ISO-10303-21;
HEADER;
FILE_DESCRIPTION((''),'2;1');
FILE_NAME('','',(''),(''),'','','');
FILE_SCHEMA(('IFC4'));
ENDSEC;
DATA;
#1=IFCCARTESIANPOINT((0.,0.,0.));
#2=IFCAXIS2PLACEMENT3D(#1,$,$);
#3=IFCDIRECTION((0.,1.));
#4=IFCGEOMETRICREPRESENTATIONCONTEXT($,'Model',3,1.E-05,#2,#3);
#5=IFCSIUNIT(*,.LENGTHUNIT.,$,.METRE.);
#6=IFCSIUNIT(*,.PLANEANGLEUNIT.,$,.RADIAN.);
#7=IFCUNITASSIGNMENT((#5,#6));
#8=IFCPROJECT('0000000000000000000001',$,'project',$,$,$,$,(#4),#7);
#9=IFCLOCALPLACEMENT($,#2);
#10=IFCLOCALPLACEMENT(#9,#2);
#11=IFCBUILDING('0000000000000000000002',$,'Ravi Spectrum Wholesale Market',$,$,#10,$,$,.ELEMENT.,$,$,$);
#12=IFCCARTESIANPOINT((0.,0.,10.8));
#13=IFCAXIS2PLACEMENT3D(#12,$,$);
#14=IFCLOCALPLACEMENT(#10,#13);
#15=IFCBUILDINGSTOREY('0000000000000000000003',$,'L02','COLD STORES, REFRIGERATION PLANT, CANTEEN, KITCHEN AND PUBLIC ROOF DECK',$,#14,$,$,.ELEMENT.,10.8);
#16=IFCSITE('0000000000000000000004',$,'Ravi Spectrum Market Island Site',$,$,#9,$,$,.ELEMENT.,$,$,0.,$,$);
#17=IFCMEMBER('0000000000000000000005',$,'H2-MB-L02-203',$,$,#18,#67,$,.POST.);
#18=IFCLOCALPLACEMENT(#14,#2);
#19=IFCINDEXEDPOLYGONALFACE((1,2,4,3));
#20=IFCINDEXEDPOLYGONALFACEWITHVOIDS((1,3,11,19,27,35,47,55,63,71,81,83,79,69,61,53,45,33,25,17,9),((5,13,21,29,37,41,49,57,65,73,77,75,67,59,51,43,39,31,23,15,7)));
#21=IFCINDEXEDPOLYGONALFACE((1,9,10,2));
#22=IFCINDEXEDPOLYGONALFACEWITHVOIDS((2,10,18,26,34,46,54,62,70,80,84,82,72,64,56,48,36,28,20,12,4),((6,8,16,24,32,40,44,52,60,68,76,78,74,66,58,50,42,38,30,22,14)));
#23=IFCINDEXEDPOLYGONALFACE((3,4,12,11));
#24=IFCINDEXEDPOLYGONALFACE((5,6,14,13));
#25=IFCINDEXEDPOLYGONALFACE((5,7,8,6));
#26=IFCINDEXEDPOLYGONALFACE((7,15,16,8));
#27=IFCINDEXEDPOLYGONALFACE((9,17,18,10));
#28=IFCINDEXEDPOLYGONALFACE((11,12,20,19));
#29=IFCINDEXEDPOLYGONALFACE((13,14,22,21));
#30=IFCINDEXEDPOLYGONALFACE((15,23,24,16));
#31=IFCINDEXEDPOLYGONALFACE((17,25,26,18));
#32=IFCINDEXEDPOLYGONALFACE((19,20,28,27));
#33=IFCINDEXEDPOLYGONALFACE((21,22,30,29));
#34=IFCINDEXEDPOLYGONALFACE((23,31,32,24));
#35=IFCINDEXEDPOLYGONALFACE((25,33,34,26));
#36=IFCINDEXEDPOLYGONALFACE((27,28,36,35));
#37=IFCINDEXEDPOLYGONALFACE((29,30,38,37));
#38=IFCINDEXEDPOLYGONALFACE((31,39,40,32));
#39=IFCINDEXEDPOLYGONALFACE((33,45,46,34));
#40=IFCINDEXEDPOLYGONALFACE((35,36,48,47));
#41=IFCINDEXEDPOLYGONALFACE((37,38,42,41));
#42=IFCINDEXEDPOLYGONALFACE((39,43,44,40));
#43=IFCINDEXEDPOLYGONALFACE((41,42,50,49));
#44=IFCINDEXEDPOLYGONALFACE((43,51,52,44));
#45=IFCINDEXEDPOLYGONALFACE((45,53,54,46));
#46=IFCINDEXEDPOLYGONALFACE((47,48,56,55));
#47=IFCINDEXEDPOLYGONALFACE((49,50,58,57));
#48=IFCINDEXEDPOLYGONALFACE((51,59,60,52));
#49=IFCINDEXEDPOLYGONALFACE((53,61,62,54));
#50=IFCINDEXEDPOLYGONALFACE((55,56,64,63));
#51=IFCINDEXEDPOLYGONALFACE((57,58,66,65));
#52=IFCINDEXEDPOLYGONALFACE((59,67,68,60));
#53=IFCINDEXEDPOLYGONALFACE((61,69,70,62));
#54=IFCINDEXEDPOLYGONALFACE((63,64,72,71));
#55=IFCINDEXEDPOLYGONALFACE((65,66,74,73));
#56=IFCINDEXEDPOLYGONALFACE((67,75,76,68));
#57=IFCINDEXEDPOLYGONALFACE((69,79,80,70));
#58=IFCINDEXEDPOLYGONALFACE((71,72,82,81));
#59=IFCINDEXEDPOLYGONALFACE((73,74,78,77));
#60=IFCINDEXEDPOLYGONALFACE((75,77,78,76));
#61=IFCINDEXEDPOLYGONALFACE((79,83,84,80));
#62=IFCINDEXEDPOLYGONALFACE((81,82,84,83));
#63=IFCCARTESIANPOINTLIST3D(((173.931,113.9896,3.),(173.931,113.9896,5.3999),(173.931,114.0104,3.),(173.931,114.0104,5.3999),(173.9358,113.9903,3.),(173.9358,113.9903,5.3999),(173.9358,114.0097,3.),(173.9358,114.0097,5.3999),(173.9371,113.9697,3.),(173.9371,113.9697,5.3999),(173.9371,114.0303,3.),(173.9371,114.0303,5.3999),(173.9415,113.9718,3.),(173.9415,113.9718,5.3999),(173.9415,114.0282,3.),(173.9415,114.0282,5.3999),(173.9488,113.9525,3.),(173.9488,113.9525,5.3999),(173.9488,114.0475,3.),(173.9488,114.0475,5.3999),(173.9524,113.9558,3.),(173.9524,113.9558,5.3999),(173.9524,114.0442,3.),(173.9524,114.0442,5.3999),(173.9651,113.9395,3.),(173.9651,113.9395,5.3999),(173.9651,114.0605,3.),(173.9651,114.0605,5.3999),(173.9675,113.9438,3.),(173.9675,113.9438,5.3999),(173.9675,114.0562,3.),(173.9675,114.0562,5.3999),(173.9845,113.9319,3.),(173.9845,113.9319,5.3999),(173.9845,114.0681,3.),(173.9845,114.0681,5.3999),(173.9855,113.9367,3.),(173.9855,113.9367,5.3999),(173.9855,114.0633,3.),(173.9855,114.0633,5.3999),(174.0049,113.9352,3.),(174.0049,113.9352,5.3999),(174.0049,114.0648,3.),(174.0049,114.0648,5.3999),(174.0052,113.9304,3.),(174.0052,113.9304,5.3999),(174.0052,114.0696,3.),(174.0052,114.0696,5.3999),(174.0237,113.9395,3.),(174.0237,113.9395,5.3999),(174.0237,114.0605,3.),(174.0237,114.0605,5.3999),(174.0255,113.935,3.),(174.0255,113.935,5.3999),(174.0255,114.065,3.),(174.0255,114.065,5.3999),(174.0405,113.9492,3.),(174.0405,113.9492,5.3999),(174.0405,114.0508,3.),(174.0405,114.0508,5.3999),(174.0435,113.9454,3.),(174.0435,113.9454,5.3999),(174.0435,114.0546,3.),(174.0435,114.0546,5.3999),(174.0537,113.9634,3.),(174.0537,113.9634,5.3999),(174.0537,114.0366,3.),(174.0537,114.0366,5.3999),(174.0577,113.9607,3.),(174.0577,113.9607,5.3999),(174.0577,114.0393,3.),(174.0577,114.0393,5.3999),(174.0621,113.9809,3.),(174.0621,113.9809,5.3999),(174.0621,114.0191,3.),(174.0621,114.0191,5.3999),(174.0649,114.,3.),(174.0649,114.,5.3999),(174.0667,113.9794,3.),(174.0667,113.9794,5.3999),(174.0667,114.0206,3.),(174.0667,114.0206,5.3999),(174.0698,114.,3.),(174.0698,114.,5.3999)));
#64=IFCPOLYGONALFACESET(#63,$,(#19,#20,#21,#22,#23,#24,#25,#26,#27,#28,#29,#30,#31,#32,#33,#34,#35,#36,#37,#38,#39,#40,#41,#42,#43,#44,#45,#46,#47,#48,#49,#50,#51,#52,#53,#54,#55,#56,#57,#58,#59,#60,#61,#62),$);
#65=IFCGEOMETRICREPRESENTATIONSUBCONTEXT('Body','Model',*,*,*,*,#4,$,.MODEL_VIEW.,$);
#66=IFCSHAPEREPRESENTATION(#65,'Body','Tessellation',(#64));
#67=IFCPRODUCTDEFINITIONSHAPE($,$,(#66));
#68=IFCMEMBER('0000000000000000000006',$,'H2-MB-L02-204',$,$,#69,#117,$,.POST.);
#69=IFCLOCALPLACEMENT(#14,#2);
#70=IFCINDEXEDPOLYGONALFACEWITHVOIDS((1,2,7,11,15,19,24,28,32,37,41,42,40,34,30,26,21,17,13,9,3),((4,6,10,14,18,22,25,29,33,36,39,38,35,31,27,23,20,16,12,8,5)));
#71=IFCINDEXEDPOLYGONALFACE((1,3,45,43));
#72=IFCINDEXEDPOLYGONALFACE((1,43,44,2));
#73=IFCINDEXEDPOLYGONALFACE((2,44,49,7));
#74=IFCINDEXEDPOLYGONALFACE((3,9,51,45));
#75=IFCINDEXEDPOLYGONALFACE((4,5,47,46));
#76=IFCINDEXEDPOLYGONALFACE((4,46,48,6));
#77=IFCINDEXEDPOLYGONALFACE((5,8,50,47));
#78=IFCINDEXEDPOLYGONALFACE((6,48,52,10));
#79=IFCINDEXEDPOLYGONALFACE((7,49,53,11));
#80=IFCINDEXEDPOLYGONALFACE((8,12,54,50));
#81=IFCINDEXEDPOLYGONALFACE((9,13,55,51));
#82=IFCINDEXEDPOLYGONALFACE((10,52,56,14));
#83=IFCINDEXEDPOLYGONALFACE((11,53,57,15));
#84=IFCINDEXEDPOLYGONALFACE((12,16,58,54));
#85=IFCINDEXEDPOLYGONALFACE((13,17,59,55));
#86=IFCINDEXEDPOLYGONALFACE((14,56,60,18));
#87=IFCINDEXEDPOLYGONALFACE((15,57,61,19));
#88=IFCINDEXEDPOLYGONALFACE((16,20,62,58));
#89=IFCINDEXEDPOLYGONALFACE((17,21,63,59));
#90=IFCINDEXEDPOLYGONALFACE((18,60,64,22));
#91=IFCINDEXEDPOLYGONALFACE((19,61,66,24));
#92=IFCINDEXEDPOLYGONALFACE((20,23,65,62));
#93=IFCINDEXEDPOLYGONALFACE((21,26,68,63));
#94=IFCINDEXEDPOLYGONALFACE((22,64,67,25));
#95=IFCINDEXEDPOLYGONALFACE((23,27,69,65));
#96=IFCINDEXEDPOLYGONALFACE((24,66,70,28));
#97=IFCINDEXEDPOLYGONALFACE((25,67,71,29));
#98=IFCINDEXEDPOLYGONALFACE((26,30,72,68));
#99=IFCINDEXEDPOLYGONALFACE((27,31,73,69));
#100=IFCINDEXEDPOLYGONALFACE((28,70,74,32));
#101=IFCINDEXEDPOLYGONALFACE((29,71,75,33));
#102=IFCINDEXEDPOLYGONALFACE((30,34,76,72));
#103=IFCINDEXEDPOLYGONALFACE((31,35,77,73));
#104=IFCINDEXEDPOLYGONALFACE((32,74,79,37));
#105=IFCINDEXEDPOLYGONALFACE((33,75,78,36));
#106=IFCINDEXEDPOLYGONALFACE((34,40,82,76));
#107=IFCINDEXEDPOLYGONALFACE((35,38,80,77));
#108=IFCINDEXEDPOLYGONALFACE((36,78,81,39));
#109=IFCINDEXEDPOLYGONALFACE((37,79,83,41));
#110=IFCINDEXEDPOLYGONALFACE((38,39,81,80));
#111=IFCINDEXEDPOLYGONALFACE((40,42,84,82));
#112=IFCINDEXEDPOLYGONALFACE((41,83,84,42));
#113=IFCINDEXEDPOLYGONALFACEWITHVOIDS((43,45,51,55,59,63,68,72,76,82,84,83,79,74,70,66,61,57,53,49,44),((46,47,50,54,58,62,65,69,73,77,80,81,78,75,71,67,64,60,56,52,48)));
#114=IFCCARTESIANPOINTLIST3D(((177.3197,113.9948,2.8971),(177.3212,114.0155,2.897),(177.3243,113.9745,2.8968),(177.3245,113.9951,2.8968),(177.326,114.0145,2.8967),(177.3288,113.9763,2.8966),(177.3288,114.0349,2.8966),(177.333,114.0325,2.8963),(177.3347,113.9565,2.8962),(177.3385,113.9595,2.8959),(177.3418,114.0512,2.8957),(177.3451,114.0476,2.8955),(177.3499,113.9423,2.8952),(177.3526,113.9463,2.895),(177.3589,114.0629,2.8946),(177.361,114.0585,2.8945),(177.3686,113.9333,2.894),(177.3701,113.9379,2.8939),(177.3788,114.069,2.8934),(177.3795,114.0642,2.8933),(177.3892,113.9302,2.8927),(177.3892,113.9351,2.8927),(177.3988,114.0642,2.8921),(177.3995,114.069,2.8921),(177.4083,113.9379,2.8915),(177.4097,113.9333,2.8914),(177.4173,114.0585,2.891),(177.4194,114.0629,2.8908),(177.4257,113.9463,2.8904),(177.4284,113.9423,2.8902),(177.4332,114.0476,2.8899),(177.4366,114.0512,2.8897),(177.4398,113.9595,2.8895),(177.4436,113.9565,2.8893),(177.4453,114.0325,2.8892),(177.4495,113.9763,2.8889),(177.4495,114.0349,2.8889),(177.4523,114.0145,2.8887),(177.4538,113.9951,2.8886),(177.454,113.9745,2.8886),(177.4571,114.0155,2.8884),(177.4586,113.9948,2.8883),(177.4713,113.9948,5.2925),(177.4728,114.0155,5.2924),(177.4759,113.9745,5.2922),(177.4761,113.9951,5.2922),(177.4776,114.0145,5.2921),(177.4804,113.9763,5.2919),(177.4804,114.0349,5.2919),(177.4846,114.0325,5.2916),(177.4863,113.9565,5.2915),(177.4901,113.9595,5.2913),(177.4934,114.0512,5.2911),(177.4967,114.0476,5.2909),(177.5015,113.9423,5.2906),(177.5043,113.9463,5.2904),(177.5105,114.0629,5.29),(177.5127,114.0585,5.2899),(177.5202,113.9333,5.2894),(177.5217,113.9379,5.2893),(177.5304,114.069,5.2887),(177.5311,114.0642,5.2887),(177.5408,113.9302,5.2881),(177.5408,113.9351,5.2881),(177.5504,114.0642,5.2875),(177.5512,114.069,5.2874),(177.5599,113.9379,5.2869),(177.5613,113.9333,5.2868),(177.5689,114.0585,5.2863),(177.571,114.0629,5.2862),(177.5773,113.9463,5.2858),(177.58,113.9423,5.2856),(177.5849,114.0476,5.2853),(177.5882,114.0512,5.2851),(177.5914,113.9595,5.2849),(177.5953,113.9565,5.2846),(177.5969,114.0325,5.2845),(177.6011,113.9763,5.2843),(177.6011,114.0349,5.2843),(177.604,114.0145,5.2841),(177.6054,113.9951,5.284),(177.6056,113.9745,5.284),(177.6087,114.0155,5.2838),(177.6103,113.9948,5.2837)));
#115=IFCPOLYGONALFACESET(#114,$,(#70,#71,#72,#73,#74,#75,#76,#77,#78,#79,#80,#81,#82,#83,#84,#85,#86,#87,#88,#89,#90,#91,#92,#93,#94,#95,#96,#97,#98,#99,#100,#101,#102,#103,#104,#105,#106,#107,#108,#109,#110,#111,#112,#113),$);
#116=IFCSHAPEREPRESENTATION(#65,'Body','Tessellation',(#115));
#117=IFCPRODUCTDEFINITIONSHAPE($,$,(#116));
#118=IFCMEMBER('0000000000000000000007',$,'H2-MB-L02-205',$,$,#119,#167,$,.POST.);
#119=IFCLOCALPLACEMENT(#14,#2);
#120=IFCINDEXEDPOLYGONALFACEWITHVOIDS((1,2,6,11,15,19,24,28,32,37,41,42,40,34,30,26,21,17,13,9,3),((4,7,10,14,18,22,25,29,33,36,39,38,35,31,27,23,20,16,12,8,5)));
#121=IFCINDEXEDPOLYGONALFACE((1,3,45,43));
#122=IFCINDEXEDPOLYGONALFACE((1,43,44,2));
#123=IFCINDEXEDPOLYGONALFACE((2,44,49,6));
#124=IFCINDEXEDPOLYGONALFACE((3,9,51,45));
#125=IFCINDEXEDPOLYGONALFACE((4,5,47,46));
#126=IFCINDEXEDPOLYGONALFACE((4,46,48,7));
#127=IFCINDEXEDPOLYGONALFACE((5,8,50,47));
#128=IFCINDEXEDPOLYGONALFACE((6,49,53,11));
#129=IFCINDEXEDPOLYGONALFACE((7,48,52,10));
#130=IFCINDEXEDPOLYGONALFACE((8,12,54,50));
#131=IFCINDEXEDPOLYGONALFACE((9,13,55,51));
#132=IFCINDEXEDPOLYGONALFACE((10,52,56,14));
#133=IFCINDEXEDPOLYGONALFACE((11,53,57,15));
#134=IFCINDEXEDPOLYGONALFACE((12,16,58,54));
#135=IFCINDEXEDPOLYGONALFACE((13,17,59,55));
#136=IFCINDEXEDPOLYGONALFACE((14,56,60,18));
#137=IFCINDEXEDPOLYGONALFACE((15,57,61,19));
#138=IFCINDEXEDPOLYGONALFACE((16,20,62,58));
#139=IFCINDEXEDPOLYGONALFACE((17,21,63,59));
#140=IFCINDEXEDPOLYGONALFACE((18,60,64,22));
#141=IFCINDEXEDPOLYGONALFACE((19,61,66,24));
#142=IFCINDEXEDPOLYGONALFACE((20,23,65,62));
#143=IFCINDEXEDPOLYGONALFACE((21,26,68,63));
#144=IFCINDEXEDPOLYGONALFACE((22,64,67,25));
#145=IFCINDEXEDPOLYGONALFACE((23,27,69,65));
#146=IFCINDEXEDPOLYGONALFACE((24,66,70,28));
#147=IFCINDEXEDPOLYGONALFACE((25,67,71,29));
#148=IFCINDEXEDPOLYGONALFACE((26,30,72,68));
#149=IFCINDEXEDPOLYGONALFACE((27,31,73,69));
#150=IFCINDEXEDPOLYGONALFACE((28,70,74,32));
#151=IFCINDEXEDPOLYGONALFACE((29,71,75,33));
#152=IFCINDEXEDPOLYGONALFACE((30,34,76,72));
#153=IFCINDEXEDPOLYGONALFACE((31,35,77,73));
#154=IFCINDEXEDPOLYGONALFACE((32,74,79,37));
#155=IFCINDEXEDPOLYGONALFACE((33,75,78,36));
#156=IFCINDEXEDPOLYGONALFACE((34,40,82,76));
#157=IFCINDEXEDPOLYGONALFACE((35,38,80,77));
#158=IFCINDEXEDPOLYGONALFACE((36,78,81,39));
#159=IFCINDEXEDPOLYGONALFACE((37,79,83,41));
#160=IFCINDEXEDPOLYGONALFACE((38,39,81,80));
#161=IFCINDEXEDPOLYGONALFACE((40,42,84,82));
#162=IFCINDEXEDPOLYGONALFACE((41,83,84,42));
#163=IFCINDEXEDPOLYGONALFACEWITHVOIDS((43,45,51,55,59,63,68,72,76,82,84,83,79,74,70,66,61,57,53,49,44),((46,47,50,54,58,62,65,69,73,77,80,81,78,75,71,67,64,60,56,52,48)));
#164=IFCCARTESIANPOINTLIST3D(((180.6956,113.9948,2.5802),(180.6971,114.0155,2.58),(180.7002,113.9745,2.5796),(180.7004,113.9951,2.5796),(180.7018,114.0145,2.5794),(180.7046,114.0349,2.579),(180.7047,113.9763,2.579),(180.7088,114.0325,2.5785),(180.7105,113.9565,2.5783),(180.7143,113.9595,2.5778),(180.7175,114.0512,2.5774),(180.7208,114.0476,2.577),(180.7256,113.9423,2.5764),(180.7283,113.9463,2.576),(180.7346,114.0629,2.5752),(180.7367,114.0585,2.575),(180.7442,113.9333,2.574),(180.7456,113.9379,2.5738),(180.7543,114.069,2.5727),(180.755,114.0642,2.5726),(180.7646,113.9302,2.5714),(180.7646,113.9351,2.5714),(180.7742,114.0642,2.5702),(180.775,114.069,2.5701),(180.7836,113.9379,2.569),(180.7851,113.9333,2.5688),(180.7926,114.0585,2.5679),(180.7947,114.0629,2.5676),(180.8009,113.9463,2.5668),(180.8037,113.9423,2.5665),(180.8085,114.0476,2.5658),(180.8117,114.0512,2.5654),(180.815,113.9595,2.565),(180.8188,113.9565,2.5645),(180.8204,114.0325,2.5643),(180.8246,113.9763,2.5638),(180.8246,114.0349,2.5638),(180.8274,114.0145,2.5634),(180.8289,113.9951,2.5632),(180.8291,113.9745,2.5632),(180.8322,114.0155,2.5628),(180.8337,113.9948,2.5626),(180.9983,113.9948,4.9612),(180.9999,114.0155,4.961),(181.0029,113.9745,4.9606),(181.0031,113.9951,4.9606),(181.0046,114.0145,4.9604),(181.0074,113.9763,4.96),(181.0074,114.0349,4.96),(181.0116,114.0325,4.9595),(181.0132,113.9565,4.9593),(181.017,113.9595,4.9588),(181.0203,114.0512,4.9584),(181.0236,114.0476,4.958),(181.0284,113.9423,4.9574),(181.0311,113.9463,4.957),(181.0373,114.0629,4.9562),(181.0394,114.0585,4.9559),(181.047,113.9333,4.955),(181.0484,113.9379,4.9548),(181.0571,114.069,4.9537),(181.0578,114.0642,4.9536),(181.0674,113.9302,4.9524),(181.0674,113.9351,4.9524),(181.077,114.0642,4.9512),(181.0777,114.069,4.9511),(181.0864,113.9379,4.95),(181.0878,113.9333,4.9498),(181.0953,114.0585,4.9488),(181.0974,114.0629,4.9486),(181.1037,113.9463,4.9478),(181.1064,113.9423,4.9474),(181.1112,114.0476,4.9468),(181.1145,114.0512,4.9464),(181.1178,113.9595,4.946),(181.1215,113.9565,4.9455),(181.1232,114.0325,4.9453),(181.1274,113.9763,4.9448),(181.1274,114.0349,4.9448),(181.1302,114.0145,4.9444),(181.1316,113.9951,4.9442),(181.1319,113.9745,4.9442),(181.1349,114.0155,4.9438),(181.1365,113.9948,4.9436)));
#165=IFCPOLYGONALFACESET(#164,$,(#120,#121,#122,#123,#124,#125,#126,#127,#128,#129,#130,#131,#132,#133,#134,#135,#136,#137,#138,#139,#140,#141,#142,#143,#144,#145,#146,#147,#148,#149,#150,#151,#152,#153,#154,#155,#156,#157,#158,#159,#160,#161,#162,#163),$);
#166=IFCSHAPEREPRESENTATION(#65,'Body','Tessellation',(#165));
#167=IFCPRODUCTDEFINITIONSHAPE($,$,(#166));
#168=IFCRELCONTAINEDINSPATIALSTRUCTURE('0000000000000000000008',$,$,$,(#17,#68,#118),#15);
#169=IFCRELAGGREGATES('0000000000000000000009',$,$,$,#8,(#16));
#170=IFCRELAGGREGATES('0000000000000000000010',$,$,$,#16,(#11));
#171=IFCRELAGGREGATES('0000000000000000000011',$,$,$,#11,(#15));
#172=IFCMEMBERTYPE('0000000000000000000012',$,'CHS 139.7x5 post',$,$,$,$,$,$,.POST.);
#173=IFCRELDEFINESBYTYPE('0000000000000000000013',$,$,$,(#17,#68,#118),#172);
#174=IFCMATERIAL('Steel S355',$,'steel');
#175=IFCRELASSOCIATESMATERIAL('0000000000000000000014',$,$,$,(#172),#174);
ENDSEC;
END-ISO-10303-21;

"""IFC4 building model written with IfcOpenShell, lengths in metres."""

from ifc_helpers import new_model, si_unit, direction, frame, origin, origin_2d, place, context, subcontext, project, spatial, hollow_circle, extrude, material, material_profile, profile_set, type_object, element, save


model = new_model("IFC4")

# Units and contexts
model_context = context("Model", 3, precision=1e-05, world=origin(), true_north=direction((0.0, 1.0)))
body_context = subcontext(model_context, "Body", "Model", "MODEL_VIEW")
ifc_project = project(units=[si_unit("LENGTHUNIT", "METRE"), si_unit("PLANEANGLEUNIT", "RADIAN")], contexts=[model_context])

# Site, building, storey
site_placement = place(None, origin())
site = spatial("IfcSite", under=ifc_project, at=site_placement, Name="Ravi Spectrum Market Island Site", CompositionType="ELEMENT", RefElevation=0.0)
building_placement = place(site_placement, origin())
building = spatial("IfcBuilding", under=site, at=building_placement, Name="Ravi Spectrum Wholesale Market", CompositionType="ELEMENT")
storey_placement = place(building_placement, frame((0.0, 0.0, 10.8)))
storey = spatial("IfcBuildingStorey", under=building, at=storey_placement, Name="L02", Description="COLD STORES, REFRIGERATION PLANT, CANTEEN, KITCHEN AND PUBLIC ROOF DECK", CompositionType="ELEMENT", Elevation=10.8)

# Members
ifc_material_1 = material(Name="Steel S355", Category="steel")
ifc_material_profile_1 = material_profile(ifc_material_1, hollow_circle(Radius=0.0698, WallThickness=0.0049, at=origin_2d()))
ifc_profile_set_1 = profile_set([ifc_material_profile_1], Name="Steel S355")
member_type_1 = type_object("IfcMemberType", Name="CHS 139.7x5 post", PredefinedType="POST", material=ifc_profile_set_1)
member_1_placement = place(storey_placement, frame((174.0, 114.0, 5.3999), z_axis=(0.0, 0.0, -1.0), x_axis=(1.0, 0.0, 0.0)))
element("IfcMember", 1, at=member_1_placement, inside=storey, type_object=member_type_1, Name="H2-MB-L02-203", PredefinedType="POST", context=body_context, shape_type="SweptSolid", body=[
    extrude(hollow_circle(Radius=0.0698, WallThickness=0.0049, at=origin_2d()), origin(), (0.0, 0.0, 1.0), 2.3999),
])
for number, where, z_axis, x_axis, name in (
    (2, (177.5408, 114.0, 5.2881), (-0.06317, 0.0, -0.998003), (0.0, -1.0, 0.0), "H2-MB-L02-204"),
    (3, (181.0674, 114.0, 4.9524), (-0.126138, 0.0, -0.992013), (0.0, -1.0, 0.0), "H2-MB-L02-205"),
):
    element("IfcMember", number, at=place(storey_placement, frame(where, z_axis=z_axis, x_axis=x_axis)), inside=storey, type_object=member_type_1, Name=name, PredefinedType="POST", context=body_context, shape_type="SweptSolid", body=[
        extrude(hollow_circle(Radius=0.0698, WallThickness=0.0049, at=origin_2d()), origin(), (0.0, 0.0, 1.0), 2.4001),
    ])

save(model, "model.ifc")
